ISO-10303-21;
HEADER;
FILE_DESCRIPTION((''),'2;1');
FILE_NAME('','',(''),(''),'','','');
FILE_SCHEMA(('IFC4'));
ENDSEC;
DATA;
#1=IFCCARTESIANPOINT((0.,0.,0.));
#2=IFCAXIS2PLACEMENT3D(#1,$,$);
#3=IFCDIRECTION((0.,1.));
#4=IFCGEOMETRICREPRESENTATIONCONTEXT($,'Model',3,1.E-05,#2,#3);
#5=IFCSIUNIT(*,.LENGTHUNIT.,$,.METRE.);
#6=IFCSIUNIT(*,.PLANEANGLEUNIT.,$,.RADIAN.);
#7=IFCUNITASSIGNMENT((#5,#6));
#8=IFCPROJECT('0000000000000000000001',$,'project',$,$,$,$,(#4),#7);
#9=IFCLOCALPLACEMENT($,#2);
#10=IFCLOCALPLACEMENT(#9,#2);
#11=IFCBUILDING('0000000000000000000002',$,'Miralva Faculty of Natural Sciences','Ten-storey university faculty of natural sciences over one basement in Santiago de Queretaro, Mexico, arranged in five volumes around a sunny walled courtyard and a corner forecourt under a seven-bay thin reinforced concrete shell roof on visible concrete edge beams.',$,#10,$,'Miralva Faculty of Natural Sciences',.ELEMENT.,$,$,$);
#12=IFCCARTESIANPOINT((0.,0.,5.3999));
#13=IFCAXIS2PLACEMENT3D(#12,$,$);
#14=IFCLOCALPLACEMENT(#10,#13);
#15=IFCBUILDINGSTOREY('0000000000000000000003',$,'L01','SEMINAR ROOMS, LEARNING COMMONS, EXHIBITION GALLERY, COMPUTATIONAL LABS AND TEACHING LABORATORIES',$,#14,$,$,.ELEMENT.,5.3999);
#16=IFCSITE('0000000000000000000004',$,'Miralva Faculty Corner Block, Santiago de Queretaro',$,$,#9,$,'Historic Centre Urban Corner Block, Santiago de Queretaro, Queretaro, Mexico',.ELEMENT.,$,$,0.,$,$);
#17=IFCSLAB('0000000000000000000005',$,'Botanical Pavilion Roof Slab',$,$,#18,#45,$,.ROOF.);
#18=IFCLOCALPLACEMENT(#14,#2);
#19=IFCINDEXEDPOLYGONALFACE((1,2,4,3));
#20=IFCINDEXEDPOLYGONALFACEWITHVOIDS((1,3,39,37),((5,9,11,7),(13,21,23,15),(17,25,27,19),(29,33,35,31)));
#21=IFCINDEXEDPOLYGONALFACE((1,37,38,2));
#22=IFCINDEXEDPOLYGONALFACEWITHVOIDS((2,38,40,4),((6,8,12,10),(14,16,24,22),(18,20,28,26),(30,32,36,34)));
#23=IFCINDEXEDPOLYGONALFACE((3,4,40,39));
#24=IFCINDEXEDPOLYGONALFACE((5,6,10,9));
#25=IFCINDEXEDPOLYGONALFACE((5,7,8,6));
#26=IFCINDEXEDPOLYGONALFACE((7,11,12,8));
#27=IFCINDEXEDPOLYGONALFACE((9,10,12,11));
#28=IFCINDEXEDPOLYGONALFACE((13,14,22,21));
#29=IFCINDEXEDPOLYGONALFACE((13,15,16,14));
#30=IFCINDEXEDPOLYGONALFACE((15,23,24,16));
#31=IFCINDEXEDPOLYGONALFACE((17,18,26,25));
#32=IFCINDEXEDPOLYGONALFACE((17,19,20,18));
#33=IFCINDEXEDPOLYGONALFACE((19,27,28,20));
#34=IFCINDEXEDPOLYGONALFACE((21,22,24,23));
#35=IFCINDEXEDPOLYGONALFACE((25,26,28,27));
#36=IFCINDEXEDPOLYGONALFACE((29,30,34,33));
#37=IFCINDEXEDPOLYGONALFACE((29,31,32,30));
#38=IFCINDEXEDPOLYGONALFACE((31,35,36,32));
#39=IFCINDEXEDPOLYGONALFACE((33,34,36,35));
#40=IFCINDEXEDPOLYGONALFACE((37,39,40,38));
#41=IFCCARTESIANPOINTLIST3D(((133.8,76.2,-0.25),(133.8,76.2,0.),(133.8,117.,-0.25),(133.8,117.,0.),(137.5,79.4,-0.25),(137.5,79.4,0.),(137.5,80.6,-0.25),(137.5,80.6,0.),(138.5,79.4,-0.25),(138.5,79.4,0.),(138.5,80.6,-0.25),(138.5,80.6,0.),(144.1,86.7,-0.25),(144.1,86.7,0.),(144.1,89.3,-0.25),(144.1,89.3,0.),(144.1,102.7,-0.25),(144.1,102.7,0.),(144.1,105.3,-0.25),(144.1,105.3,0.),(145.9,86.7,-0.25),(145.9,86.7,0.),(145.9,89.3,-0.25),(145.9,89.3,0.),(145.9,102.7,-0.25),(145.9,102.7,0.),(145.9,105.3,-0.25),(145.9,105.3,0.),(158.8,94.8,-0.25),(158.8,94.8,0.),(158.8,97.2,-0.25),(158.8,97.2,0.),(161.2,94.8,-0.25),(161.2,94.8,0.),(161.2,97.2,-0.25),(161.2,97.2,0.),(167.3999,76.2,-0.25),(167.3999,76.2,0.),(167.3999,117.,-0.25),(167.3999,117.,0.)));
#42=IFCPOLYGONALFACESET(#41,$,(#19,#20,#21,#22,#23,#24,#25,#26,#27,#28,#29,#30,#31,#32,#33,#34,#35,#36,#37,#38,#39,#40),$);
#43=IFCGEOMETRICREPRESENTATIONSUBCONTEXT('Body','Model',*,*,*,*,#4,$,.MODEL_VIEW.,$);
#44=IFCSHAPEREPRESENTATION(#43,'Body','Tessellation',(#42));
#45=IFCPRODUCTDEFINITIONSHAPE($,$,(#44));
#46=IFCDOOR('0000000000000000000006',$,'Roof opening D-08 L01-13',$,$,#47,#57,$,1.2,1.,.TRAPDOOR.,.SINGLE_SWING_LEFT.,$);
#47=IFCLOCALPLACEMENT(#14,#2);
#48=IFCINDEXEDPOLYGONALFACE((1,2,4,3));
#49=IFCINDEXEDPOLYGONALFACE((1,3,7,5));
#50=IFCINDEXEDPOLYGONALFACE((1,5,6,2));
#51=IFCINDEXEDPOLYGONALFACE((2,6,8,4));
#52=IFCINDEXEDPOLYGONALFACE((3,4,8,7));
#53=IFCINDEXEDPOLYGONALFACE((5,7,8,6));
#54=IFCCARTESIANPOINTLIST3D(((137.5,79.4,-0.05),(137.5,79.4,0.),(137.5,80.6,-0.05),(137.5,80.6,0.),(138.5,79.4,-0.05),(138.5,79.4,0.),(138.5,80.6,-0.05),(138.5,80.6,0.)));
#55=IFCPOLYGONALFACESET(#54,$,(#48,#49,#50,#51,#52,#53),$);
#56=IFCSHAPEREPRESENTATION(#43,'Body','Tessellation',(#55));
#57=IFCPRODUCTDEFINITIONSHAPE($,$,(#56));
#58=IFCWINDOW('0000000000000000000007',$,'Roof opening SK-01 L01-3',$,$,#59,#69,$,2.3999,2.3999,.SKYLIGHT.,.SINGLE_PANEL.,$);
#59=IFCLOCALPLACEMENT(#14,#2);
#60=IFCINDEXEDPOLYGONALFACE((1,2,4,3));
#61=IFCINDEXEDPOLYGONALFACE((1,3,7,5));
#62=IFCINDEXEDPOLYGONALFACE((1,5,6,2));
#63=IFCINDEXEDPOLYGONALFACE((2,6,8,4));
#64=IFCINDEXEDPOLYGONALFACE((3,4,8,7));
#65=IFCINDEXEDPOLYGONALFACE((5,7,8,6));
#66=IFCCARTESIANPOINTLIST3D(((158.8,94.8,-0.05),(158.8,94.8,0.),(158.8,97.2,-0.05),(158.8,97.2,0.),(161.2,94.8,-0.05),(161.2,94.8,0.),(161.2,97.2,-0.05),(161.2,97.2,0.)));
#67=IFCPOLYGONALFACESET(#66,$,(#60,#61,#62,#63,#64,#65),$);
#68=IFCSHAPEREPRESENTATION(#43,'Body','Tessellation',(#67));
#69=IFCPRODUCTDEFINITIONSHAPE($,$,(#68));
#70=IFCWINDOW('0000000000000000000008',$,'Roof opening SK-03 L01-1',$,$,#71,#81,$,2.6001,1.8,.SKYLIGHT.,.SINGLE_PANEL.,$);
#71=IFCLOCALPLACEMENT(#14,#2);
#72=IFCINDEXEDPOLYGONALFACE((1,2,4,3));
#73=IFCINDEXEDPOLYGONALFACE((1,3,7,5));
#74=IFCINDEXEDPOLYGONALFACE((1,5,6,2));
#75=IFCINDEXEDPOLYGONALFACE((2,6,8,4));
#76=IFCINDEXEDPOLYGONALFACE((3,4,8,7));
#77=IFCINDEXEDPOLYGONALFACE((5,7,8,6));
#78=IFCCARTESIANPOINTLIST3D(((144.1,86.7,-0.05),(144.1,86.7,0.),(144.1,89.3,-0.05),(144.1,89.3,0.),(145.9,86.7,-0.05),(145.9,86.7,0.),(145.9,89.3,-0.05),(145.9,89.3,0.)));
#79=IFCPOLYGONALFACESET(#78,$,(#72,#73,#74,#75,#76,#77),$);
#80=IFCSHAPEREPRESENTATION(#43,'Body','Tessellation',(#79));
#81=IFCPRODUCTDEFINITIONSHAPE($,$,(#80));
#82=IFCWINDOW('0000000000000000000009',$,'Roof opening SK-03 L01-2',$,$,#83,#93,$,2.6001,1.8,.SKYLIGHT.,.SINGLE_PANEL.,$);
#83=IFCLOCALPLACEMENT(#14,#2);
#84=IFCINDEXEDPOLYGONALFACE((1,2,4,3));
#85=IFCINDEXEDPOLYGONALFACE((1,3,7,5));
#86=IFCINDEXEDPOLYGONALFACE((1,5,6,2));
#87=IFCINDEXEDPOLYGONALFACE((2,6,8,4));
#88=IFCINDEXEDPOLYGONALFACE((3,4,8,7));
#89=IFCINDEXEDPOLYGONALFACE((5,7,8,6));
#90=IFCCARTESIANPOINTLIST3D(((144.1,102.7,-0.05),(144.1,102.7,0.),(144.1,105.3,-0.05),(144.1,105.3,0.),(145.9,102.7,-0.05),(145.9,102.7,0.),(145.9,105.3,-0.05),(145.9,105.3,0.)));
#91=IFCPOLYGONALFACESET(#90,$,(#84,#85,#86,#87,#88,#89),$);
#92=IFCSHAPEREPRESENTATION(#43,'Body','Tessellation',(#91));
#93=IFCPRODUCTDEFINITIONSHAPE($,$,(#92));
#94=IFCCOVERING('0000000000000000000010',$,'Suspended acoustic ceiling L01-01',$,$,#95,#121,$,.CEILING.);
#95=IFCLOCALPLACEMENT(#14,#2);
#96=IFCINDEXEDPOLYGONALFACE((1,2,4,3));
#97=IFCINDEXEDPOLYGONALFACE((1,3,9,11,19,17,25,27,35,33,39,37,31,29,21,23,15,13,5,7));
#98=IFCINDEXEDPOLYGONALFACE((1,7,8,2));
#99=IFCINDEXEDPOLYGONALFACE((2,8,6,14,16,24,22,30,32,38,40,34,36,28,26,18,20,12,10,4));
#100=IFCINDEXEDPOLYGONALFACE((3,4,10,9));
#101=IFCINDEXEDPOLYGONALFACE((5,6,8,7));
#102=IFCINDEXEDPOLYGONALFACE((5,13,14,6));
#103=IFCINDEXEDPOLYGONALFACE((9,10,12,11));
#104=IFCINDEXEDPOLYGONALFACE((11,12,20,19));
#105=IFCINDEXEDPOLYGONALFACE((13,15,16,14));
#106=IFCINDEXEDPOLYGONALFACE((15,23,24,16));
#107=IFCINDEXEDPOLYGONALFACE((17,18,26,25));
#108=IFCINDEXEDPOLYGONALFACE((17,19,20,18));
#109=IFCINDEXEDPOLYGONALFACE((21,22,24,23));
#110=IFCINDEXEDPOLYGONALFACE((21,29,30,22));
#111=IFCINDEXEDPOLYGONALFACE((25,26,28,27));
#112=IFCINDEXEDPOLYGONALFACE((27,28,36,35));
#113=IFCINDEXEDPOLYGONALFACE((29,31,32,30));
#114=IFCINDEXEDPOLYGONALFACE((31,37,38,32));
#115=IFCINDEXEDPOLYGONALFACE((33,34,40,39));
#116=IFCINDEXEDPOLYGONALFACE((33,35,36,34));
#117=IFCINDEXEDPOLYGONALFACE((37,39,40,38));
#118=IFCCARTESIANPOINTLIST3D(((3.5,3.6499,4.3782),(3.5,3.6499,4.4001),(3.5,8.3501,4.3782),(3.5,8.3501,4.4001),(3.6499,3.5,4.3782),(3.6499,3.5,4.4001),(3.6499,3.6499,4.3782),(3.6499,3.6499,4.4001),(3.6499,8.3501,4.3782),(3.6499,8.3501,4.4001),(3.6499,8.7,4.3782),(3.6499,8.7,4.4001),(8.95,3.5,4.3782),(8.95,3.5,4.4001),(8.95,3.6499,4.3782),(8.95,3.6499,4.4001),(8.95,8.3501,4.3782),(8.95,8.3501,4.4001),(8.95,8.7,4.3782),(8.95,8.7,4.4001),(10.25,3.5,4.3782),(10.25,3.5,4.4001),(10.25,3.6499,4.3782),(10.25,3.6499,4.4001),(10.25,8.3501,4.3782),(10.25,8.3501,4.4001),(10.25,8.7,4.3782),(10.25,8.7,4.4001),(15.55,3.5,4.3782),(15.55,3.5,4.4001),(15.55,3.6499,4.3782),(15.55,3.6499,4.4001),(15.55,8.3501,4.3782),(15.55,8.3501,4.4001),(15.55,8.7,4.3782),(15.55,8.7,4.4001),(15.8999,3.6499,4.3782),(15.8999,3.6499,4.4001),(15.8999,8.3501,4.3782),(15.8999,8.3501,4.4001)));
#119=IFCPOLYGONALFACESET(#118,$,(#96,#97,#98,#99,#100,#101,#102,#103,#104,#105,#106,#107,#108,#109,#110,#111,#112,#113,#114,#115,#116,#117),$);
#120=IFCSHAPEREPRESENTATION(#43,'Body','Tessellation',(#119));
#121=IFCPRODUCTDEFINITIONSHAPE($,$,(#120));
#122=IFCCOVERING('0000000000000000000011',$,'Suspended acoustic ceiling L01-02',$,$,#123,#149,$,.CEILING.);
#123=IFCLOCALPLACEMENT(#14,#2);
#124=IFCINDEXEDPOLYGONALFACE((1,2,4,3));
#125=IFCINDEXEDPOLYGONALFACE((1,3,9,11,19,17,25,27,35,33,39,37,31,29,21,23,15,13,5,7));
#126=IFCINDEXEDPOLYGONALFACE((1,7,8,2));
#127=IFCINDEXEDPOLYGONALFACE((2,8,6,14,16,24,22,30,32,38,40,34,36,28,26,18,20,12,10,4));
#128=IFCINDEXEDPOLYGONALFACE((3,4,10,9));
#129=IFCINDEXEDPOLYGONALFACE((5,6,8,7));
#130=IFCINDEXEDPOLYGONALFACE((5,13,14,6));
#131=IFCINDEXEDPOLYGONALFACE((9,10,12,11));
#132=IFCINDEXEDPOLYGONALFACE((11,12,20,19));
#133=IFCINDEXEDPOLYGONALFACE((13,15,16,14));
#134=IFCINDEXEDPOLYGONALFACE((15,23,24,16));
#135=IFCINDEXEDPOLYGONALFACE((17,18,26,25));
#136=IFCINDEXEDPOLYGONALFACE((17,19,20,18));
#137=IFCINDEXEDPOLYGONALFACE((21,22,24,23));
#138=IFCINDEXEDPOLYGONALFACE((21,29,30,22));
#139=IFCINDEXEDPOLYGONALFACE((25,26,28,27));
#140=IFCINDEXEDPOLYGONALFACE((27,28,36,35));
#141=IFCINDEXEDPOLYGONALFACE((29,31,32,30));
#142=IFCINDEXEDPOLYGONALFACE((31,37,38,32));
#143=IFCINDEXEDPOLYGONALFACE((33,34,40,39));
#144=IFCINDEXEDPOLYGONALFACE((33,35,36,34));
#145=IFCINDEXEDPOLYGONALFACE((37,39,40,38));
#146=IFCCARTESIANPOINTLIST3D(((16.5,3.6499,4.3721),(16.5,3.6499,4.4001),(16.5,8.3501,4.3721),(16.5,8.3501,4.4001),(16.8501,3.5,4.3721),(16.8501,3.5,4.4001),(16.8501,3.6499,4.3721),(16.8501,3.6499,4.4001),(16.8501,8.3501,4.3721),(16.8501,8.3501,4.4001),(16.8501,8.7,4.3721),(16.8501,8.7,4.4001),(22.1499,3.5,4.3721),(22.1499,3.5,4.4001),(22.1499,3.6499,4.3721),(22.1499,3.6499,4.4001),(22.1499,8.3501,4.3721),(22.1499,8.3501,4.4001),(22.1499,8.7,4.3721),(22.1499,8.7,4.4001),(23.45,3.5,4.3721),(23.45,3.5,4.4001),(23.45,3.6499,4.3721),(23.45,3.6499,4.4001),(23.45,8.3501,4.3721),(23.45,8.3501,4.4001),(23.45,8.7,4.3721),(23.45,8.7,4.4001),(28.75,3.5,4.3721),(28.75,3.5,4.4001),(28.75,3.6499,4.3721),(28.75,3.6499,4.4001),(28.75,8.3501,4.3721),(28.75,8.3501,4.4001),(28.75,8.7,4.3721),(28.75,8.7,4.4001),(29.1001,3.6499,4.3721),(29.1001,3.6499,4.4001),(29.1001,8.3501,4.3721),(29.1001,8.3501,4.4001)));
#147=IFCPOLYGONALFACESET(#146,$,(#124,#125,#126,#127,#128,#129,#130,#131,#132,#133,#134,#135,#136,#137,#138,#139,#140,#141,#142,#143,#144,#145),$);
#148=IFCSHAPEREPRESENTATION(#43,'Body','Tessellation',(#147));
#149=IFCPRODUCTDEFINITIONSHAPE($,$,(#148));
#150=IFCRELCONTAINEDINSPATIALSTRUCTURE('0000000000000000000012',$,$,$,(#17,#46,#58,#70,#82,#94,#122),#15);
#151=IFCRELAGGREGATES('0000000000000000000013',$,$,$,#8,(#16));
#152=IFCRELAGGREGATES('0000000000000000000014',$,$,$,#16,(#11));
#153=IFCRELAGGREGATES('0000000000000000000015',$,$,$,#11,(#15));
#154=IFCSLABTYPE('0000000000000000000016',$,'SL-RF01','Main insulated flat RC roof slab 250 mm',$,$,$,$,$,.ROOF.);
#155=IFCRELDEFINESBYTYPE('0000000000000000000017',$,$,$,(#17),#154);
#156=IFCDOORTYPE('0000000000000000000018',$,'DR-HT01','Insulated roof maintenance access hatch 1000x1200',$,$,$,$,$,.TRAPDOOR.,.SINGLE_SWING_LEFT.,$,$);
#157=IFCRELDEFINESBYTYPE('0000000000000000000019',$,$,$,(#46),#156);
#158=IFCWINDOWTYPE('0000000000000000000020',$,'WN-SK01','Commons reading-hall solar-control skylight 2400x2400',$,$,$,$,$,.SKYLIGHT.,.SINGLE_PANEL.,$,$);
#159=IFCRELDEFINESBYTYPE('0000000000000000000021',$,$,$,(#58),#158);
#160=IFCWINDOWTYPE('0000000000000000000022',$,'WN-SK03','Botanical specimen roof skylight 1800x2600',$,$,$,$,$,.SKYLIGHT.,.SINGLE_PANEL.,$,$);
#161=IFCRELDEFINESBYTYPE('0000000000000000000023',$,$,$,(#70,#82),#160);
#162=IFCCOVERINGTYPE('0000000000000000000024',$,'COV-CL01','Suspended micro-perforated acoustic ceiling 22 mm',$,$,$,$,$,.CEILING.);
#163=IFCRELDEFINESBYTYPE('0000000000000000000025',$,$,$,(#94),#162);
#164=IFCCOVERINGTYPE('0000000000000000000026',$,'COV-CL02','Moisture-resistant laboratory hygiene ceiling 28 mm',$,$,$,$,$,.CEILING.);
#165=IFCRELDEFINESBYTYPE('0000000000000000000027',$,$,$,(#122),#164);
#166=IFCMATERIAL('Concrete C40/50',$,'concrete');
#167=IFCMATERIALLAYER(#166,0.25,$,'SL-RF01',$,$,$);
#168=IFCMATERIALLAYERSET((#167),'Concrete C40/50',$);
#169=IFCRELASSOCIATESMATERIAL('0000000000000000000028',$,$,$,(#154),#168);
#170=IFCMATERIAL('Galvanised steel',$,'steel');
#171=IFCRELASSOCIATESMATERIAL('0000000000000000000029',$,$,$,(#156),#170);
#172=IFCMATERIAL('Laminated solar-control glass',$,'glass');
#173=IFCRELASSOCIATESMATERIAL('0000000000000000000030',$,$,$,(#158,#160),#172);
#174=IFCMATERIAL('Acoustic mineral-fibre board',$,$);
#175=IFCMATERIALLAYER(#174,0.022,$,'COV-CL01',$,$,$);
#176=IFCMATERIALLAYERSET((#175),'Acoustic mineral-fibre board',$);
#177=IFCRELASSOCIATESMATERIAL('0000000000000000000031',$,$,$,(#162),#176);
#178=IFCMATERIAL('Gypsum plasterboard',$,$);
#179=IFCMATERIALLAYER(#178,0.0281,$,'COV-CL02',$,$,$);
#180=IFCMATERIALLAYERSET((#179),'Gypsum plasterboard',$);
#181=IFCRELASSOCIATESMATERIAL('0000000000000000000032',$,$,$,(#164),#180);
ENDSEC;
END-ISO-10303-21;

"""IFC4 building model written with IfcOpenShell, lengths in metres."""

from ifc_helpers import new_model, si_unit, direction, frame, origin, origin_2d, place, context, subcontext, project, spatial, polyline, rectangle, outline, extrude, material, layer, layer_set, type_object, element, fill, save


model = new_model("IFC4")

# Units and contexts
model_context = context("Model", 3, precision=1e-05, world=origin(), true_north=direction((0.0, 1.0)))
body_context = subcontext(model_context, "Body", "Model", "MODEL_VIEW")
ifc_project = project(units=[si_unit("LENGTHUNIT", "METRE"), si_unit("PLANEANGLEUNIT", "RADIAN")], contexts=[model_context])

# Site, building, storey
site_placement = place(None, origin())
site = spatial("IfcSite", under=ifc_project, at=site_placement, Name="Miralva Faculty Corner Block, Santiago de Queretaro", LongName="Historic Centre Urban Corner Block, Santiago de Queretaro, Queretaro, Mexico", CompositionType="ELEMENT", RefElevation=0.0)
building_placement = place(site_placement, origin())
building = spatial("IfcBuilding", under=site, at=building_placement, Name="Miralva Faculty of Natural Sciences", Description="Ten-storey university faculty of natural sciences over one basement in Santiago de Queretaro, Mexico, arranged in five volumes around a sunny walled courtyard and a corner forecourt under a seven-bay thin reinforced concrete shell roof on visible concrete edge beams.", LongName="Miralva Faculty of Natural Sciences", CompositionType="ELEMENT")
storey_placement = place(building_placement, frame((0.0, 0.0, 5.3999)))
storey = spatial("IfcBuildingStorey", under=building, at=storey_placement, Name="L01", Description="SEMINAR ROOMS, LEARNING COMMONS, EXHIBITION GALLERY, COMPUTATIONAL LABS AND TEACHING LABORATORIES", CompositionType="ELEMENT", Elevation=5.3999)

# Shared definitions
ifc_material_1 = material(Name="Concrete C40/50", Category="concrete")

# Slab, openings, door, windows
ifc_layer_1 = layer(ifc_material_1, 0.25, Name="SL-RF01")
ifc_layer_set_1 = layer_set([ifc_layer_1], Name="Concrete C40/50")
slab_type_1 = type_object("IfcSlabType", Name="SL-RF01", Description="Main insulated flat RC roof slab 250 mm", PredefinedType="ROOF", material=ifc_layer_set_1)
slab_1_placement = place(storey_placement, frame((0.0, 0.0, -0.25)))
slab_1 = element("IfcSlab", 1, at=slab_1_placement, inside=storey, type_object=slab_type_1, Name="Botanical Pavilion Roof Slab", PredefinedType="ROOF", context=body_context, shape_type="SweptSolid", body=[
    extrude(outline(polyline([(167.3999, 76.2), (133.8, 76.2), (133.8, 117.0), (167.3999, 117.0), (167.3999, 76.2)])), origin(), (0.0, 0.0, 1.0), 0.25),
])
opening_1_placement = place(slab_1_placement, frame((145.0, 88.0, 0.0)))
opening_1 = element("IfcOpeningElement", 2, at=opening_1_placement, cuts=slab_1, PredefinedType="OPENING", context=body_context, shape_type="SweptSolid", body=[
    extrude(rectangle(XDim=1.8, YDim=2.6001, at=origin_2d()), frame((0.0, 0.0, -0.01)), (0.0, 0.0, 1.0), 0.27),
])
opening_2_placement = place(slab_1_placement, frame((145.0, 104.0, 0.0)))
opening_2 = element("IfcOpeningElement", 3, at=opening_2_placement, cuts=slab_1, PredefinedType="OPENING", context=body_context, shape_type="SweptSolid", body=[
    extrude(rectangle(XDim=1.8, YDim=2.6001, at=origin_2d()), frame((0.0, 0.0, -0.01)), (0.0, 0.0, 1.0), 0.27),
])
opening_3_placement = place(slab_1_placement, frame((160.0, 96.0, 0.0)))
opening_3 = element("IfcOpeningElement", 4, at=opening_3_placement, cuts=slab_1, PredefinedType="OPENING", context=body_context, shape_type="SweptSolid", body=[
    extrude(rectangle(XDim=2.3999, YDim=2.3999, at=origin_2d()), frame((0.0, 0.0, -0.01)), (0.0, 0.0, 1.0), 0.27),
])
opening_4_placement = place(slab_1_placement, frame((138.0, 80.0, 0.0)))
opening_4 = element("IfcOpeningElement", 5, at=opening_4_placement, cuts=slab_1, PredefinedType="OPENING", context=body_context, shape_type="SweptSolid", body=[
    extrude(rectangle(XDim=1.0, YDim=1.2, at=origin_2d()), frame((0.0, 0.0, -0.01)), (0.0, 0.0, 1.0), 0.27),
])
ifc_material_2 = material(Name="Galvanised steel", Category="steel")
door_type = type_object("IfcDoorType", Name="DR-HT01", Description="Insulated roof maintenance access hatch 1000x1200", OperationType="SINGLE_SWING_LEFT", PredefinedType="TRAPDOOR", material=ifc_material_2)
door_placement = place(opening_4_placement, frame((0.0, 0.0, 0.2)))
door = element("IfcDoor", 6, at=door_placement, inside=storey, type_object=door_type, Name="Roof opening D-08 L01-13", OperationType="SINGLE_SWING_LEFT", OverallHeight=1.2, OverallWidth=1.0, PredefinedType="TRAPDOOR", context=body_context, shape_type="SweptSolid", body=[
    extrude(rectangle(XDim=1.0, YDim=1.2, at=origin_2d()), origin(), (0.0, 0.0, 1.0), 0.05),
])
fill(opening_4, door)
ifc_material_3 = material(Name="Laminated solar-control glass", Category="glass")
window_type_1 = type_object("IfcWindowType", Name="WN-SK01", Description="Commons reading-hall solar-control skylight 2400x2400", PartitioningType="SINGLE_PANEL", PredefinedType="SKYLIGHT", material=ifc_material_3)
window_1_placement = place(opening_3_placement, frame((0.0, 0.0, 0.2)))
window_1 = element("IfcWindow", 7, at=window_1_placement, inside=storey, type_object=window_type_1, Name="Roof opening SK-01 L01-3", OverallHeight=2.3999, OverallWidth=2.3999, PartitioningType="SINGLE_PANEL", PredefinedType="SKYLIGHT", context=body_context, shape_type="SweptSolid", body=[
    extrude(rectangle(XDim=2.3999, YDim=2.3999, at=origin_2d()), origin(), (0.0, 0.0, 1.0), 0.05),
])
fill(opening_3, window_1)
window_type_2 = type_object("IfcWindowType", Name="WN-SK03", Description="Botanical specimen roof skylight 1800x2600", PartitioningType="SINGLE_PANEL", PredefinedType="SKYLIGHT", material=ifc_material_3)
window_2_placement = place(opening_1_placement, frame((0.0, 0.0, 0.2)))
window_2 = element("IfcWindow", 8, at=window_2_placement, inside=storey, type_object=window_type_2, Name="Roof opening SK-03 L01-1", OverallHeight=2.6001, OverallWidth=1.8, PartitioningType="SINGLE_PANEL", PredefinedType="SKYLIGHT", context=body_context, shape_type="SweptSolid", body=[
    extrude(rectangle(XDim=1.8, YDim=2.6001, at=origin_2d()), origin(), (0.0, 0.0, 1.0), 0.05),
])
fill(opening_1, window_2)
window_3_placement = place(opening_2_placement, frame((0.0, 0.0, 0.2)))
window_3 = element("IfcWindow", 9, at=window_3_placement, inside=storey, type_object=window_type_2, Name="Roof opening SK-03 L01-2", OverallHeight=2.6001, OverallWidth=1.8, PartitioningType="SINGLE_PANEL", PredefinedType="SKYLIGHT", context=body_context, shape_type="SweptSolid", body=[
    extrude(rectangle(XDim=1.8, YDim=2.6001, at=origin_2d()), origin(), (0.0, 0.0, 1.0), 0.05),
])
fill(opening_2, window_3)

# Coverings
ifc_material_4 = material(Name="Acoustic mineral-fibre board")
ifc_layer_2 = layer(ifc_material_4, 0.022, Name="COV-CL01")
ifc_layer_set_2 = layer_set([ifc_layer_2], Name="Acoustic mineral-fibre board")
covering_type_1 = type_object("IfcCoveringType", Name="COV-CL01", Description="Suspended micro-perforated acoustic ceiling 22 mm", PredefinedType="CEILING", material=ifc_layer_set_2)
covering_1_placement = place(storey_placement, frame((0.0, 0.0, 4.3782)))
element("IfcCovering", 10, at=covering_1_placement, inside=storey, type_object=covering_type_1, Name="Suspended acoustic ceiling L01-01", PredefinedType="CEILING", context=body_context, shape_type="SweptSolid", body=[
    extrude(outline(polyline([(10.25, 8.7), (15.55, 8.7), (15.55, 8.3501), (15.8999, 8.3501), (15.8999, 3.6499), (15.55, 3.6499), (15.55, 3.5), (10.25, 3.5), (10.25, 3.6499), (8.95, 3.6499), (8.95, 3.5), (3.6499, 3.5), (3.6499, 3.6499), (3.5, 3.6499), (3.5, 8.3501), (3.6499, 8.3501), (3.6499, 8.7), (8.95, 8.7), (8.95, 8.3501), (10.25, 8.3501), (10.25, 8.7)])), origin(), (0.0, 0.0, 1.0), 0.022),
])
ifc_material_5 = material(Name="Gypsum plasterboard")
ifc_layer_3 = layer(ifc_material_5, 0.0281, Name="COV-CL02")
ifc_layer_set_3 = layer_set([ifc_layer_3], Name="Gypsum plasterboard")
covering_type_2 = type_object("IfcCoveringType", Name="COV-CL02", Description="Moisture-resistant laboratory hygiene ceiling 28 mm", PredefinedType="CEILING", material=ifc_layer_set_3)
covering_2_placement = place(storey_placement, frame((0.0, 0.0, 4.3721)))
element("IfcCovering", 11, at=covering_2_placement, inside=storey, type_object=covering_type_2, Name="Suspended acoustic ceiling L01-02", PredefinedType="CEILING", context=body_context, shape_type="SweptSolid", body=[
    extrude(outline(polyline([(16.8501, 3.6499), (16.5, 3.6499), (16.5, 8.3501), (16.8501, 8.3501), (16.8501, 8.7), (22.1499, 8.7), (22.1499, 8.3501), (23.45, 8.3501), (23.45, 8.7), (28.75, 8.7), (28.75, 8.3501), (29.1001, 8.3501), (29.1001, 3.6499), (28.75, 3.6499), (28.75, 3.5), (23.45, 3.5), (23.45, 3.6499), (22.1499, 3.6499), (22.1499, 3.5), (16.8501, 3.5), (16.8501, 3.6499)])), origin(), (0.0, 0.0, 1.0), 0.0281),
])

save(model, "model.ifc")
